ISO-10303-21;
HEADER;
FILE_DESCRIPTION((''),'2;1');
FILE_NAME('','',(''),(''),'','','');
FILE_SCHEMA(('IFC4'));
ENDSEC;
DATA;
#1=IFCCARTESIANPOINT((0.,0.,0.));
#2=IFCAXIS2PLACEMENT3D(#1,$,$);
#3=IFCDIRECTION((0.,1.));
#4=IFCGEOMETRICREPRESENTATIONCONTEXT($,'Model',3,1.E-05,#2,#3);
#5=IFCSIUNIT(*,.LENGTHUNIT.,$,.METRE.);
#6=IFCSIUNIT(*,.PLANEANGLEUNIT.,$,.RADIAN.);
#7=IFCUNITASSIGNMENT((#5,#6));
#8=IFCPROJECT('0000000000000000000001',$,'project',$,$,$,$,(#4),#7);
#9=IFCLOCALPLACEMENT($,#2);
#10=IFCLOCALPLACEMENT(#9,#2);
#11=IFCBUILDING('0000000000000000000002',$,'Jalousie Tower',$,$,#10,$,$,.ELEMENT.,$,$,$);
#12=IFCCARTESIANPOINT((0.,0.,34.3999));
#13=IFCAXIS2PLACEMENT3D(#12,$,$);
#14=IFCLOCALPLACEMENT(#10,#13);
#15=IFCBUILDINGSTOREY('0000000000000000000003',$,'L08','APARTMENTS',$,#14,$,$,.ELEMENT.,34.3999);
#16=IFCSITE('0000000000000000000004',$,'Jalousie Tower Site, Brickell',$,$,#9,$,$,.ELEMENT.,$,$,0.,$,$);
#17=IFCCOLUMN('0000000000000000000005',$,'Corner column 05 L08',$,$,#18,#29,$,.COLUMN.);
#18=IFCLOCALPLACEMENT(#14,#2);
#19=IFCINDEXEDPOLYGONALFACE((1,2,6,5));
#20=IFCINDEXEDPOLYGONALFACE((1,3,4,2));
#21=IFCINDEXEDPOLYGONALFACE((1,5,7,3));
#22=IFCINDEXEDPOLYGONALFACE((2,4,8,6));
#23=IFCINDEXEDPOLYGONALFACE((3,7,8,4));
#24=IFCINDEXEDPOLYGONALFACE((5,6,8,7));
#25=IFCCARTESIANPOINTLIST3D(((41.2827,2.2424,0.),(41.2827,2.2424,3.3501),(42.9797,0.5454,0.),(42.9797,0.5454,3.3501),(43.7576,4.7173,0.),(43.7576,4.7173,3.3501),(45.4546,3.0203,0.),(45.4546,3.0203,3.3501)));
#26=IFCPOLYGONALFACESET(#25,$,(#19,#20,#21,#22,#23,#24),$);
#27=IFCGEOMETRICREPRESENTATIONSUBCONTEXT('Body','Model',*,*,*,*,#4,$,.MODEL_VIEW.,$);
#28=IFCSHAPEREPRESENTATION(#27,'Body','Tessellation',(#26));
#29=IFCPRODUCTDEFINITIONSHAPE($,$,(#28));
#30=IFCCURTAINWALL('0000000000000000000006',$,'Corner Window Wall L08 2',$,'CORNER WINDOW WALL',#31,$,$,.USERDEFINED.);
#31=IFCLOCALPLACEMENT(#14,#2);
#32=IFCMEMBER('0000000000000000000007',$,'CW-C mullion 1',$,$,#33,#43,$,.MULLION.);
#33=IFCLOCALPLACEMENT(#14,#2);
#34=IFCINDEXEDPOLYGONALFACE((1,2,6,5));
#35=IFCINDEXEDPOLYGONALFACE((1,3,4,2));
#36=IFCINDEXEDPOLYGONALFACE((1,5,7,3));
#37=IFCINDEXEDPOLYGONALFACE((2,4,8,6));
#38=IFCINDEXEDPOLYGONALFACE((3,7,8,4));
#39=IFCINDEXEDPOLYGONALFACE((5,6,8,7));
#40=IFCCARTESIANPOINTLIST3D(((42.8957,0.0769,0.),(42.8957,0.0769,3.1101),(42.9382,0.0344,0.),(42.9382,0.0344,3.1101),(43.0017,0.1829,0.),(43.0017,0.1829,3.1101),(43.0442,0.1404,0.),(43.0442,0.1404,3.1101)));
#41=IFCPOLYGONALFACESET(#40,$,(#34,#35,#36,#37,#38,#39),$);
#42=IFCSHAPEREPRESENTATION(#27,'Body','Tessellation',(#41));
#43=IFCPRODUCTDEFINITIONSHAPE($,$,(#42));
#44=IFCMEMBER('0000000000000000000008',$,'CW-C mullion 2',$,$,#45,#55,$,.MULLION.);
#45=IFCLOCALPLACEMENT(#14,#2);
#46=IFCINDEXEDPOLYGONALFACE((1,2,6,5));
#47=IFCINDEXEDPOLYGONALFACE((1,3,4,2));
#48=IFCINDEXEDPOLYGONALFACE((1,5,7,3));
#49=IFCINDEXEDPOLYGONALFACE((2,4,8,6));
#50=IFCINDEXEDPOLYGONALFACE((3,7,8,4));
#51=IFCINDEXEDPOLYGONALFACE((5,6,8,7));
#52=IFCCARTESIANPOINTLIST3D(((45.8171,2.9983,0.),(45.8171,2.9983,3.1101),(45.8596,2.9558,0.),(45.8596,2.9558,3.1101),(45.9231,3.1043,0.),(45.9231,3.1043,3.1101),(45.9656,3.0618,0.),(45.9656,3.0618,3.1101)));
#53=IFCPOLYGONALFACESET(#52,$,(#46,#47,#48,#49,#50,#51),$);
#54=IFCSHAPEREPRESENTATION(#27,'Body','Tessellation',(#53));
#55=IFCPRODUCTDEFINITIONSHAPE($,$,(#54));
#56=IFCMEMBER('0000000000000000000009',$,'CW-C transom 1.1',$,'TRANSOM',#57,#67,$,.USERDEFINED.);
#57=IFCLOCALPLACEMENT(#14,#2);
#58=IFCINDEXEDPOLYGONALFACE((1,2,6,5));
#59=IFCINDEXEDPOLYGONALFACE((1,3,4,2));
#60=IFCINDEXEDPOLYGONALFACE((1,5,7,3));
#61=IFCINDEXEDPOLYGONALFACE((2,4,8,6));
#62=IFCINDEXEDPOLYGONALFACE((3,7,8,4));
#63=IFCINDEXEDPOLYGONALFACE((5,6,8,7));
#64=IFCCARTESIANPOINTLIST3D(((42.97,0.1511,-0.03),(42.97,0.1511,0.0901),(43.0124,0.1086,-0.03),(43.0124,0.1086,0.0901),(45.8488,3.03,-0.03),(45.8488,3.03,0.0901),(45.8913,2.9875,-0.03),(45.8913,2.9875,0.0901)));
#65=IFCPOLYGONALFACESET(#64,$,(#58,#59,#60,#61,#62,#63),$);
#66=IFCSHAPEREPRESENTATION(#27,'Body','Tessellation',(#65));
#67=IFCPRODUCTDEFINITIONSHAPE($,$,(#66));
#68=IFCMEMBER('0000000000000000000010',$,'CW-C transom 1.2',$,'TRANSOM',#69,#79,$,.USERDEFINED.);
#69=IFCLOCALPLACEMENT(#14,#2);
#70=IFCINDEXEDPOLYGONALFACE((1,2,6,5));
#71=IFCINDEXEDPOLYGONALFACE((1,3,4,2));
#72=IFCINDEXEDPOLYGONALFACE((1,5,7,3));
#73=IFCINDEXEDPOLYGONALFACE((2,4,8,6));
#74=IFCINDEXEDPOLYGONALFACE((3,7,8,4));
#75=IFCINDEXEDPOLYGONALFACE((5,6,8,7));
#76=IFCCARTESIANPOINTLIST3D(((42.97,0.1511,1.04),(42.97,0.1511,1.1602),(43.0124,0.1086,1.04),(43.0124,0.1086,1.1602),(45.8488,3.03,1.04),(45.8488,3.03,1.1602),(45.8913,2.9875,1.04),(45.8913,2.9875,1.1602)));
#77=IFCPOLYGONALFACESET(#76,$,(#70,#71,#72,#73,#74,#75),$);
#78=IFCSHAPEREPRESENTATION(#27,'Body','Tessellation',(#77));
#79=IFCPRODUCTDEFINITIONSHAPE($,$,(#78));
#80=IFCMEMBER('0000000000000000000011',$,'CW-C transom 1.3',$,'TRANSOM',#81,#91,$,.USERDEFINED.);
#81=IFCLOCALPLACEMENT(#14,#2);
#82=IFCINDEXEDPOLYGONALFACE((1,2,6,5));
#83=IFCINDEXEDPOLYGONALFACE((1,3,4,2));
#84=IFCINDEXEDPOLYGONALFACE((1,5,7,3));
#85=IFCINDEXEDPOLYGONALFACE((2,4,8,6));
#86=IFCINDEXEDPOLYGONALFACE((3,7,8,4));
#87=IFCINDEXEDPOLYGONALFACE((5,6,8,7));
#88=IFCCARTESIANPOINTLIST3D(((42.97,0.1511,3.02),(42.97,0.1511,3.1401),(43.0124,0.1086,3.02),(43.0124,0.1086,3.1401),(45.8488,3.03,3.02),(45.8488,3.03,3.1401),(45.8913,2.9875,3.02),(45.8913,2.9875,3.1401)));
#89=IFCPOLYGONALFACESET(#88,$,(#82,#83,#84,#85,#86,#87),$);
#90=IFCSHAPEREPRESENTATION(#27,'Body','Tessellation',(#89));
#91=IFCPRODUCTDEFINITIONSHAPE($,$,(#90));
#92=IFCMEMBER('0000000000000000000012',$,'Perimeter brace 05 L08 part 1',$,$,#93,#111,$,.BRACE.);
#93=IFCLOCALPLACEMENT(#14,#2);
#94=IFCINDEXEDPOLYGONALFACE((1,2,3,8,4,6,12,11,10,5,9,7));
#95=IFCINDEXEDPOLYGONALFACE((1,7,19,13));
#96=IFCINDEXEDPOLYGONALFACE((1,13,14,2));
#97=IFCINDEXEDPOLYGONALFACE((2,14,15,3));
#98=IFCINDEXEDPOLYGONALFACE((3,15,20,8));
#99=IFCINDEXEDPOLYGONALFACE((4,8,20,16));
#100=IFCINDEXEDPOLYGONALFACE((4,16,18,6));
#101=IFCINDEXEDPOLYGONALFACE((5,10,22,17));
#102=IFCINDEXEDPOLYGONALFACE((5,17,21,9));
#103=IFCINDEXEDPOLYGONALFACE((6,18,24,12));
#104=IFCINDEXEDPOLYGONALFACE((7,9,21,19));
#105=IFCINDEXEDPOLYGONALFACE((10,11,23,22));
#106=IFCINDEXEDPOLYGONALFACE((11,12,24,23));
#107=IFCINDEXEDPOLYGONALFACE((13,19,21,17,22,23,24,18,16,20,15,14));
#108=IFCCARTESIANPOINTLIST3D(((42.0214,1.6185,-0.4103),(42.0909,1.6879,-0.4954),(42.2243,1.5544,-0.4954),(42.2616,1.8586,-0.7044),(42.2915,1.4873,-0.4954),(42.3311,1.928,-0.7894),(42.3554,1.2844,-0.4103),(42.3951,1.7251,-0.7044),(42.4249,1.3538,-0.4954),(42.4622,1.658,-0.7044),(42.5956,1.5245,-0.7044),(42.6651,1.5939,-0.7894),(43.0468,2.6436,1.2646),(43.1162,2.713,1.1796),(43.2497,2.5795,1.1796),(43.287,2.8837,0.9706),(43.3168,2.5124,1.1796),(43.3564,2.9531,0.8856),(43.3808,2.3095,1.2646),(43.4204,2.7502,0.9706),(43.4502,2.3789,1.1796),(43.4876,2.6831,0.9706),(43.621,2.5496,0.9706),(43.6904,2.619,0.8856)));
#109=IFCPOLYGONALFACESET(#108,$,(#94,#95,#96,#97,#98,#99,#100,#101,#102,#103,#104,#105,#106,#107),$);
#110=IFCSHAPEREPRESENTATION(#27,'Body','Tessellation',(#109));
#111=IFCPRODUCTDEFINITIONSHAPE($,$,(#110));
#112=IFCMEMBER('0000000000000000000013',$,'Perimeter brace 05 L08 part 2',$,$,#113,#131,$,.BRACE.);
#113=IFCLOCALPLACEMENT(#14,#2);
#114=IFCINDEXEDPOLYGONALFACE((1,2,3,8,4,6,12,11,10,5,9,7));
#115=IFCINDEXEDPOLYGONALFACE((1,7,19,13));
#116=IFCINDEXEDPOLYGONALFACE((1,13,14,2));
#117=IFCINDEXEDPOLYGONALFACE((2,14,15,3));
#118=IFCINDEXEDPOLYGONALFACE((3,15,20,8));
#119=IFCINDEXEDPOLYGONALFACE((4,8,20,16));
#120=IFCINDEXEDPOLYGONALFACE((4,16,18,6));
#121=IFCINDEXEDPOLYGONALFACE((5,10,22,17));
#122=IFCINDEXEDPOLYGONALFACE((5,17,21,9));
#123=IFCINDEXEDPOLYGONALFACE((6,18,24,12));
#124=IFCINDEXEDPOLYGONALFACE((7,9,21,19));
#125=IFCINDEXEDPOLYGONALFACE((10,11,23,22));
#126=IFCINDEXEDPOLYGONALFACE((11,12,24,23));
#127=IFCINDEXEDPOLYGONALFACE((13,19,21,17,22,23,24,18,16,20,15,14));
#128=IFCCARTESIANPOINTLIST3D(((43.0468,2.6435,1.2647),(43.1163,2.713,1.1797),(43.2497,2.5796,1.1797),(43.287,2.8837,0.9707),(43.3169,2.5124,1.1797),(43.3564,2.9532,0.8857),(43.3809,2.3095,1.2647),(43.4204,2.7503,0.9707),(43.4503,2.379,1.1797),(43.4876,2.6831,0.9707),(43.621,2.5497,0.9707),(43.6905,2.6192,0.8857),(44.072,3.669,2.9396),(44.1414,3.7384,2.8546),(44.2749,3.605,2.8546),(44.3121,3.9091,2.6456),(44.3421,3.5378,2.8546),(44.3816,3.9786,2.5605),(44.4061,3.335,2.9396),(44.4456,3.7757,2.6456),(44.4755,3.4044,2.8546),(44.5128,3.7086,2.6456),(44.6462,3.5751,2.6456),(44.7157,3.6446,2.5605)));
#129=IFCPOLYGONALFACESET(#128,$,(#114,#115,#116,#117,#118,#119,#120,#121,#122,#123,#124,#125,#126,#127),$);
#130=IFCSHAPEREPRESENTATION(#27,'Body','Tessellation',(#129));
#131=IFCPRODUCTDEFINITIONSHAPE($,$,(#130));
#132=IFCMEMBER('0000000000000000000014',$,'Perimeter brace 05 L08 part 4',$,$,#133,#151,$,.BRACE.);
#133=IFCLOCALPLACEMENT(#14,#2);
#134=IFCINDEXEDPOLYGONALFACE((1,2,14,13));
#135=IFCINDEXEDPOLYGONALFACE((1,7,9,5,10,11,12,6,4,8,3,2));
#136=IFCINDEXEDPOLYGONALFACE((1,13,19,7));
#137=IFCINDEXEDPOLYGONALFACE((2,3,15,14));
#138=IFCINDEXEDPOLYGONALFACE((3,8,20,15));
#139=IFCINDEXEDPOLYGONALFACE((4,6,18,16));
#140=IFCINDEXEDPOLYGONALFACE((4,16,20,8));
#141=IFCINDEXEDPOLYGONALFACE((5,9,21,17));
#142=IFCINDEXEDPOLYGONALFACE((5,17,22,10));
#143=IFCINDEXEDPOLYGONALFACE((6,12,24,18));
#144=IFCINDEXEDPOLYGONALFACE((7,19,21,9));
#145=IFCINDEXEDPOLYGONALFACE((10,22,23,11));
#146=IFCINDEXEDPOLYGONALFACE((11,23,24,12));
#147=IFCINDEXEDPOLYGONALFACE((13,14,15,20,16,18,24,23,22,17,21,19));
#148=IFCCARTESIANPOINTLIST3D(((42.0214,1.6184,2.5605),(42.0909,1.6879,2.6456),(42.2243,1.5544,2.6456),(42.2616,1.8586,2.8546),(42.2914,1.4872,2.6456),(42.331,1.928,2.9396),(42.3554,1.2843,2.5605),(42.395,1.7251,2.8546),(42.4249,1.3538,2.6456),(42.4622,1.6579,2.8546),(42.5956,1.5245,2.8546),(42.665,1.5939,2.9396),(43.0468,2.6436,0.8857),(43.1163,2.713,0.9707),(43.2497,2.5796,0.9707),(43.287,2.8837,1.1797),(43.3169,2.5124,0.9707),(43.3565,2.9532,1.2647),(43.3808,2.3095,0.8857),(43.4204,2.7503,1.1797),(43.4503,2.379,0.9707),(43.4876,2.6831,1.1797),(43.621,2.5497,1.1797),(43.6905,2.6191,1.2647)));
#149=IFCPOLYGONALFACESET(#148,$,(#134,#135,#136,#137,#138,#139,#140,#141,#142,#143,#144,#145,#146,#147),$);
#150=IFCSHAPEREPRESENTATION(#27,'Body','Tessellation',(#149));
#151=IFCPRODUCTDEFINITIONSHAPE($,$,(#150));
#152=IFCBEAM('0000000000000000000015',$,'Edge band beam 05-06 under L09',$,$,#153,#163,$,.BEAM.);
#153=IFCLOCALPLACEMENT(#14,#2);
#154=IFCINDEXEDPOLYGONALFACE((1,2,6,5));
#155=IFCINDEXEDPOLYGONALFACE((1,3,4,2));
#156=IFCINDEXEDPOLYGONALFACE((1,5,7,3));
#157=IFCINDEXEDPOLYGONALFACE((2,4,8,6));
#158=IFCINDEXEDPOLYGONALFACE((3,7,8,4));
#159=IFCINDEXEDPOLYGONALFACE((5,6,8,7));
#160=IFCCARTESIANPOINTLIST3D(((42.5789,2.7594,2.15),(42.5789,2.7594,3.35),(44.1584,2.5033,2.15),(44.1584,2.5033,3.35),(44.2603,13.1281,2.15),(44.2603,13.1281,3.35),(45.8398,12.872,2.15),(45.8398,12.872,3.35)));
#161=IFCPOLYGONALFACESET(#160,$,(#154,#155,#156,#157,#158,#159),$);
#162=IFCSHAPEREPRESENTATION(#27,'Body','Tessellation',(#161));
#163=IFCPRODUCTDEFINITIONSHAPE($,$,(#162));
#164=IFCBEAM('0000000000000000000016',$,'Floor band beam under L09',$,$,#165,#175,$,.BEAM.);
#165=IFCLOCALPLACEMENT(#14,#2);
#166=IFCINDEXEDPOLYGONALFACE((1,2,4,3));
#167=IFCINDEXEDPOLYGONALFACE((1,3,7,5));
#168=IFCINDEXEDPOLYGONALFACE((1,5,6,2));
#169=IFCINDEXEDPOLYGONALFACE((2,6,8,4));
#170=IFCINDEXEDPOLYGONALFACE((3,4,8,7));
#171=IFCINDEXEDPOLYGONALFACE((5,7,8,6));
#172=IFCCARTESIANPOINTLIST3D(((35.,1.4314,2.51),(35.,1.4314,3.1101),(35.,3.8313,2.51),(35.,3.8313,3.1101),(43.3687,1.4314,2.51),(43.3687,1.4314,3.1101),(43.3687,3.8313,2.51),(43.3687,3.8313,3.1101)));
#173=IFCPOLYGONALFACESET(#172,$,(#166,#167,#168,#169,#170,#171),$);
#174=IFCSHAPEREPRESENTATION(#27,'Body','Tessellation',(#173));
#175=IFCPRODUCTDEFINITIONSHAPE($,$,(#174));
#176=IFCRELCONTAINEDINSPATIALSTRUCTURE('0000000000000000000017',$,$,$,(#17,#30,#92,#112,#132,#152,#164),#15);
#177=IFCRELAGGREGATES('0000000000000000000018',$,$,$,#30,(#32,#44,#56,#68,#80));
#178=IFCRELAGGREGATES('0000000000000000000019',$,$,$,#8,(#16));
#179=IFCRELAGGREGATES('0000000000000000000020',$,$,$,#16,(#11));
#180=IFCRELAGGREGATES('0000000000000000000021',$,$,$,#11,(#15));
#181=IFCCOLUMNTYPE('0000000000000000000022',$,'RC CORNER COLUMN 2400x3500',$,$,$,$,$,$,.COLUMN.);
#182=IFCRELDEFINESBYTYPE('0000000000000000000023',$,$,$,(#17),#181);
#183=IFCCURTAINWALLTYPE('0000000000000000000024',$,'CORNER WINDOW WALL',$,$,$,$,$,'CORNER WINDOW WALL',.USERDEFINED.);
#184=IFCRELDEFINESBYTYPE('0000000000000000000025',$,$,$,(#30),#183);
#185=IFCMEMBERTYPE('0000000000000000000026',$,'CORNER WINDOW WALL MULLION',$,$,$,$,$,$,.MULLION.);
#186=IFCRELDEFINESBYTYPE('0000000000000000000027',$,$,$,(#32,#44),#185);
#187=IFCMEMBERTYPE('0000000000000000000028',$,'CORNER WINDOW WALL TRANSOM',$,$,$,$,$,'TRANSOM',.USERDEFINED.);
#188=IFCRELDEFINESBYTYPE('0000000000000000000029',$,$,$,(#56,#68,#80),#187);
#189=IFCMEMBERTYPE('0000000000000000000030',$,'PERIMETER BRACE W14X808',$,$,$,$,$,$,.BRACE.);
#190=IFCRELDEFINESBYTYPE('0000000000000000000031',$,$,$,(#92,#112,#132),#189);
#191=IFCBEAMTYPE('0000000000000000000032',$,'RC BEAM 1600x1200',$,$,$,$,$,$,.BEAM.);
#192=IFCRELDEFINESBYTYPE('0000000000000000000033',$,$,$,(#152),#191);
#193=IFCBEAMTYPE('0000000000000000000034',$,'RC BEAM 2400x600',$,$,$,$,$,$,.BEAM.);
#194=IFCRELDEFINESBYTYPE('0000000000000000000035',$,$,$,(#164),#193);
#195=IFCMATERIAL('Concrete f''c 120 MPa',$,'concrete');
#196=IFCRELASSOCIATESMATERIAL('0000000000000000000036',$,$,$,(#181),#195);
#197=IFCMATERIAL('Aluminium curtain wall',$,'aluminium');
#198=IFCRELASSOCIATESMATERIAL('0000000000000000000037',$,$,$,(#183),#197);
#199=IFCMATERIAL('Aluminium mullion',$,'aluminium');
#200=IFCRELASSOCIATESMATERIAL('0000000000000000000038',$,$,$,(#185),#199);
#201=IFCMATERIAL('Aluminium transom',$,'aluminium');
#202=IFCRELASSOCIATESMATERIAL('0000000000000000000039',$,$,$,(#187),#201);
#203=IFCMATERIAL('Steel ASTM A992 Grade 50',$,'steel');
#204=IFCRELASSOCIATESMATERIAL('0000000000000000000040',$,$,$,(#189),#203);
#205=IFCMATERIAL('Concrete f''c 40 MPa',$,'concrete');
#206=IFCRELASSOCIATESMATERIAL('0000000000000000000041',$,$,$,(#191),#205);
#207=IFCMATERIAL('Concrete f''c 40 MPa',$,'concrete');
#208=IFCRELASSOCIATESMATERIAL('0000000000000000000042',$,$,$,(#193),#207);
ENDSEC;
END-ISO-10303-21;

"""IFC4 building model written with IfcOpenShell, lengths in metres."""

from ifc_helpers import new_model, si_unit, direction, frame, origin, origin_2d, place, context, subcontext, project, spatial, rectangle, i_section, extrude, material, material_profile, profile_set, type_object, element, aggregate, save


model = new_model("IFC4")

# Units and contexts
model_context = context("Model", 3, precision=1e-05, world=origin(), true_north=direction((0.0, 1.0)))
body_context = subcontext(model_context, "Body", "Model", "MODEL_VIEW")
ifc_project = project(units=[si_unit("LENGTHUNIT", "METRE"), si_unit("PLANEANGLEUNIT", "RADIAN")], contexts=[model_context])

# Site, building, storey
site_placement = place(None, origin())
site = spatial("IfcSite", under=ifc_project, at=site_placement, Name="Jalousie Tower Site, Brickell", CompositionType="ELEMENT", RefElevation=0.0)
building_placement = place(site_placement, origin())
building = spatial("IfcBuilding", under=site, at=building_placement, Name="Jalousie Tower", CompositionType="ELEMENT")
storey_placement = place(building_placement, frame((0.0, 0.0, 34.3999)))
storey = spatial("IfcBuildingStorey", under=building, at=storey_placement, Name="L08", Description="APARTMENTS", CompositionType="ELEMENT", Elevation=34.3999)

# Column
ifc_material_1 = material(Name="Concrete f'c 120 MPa", Category="concrete")
ifc_material_profile_1 = material_profile(ifc_material_1, rectangle(XDim=2.3999, YDim=3.5, at=origin_2d()), Name="RC 2400x3500")
ifc_profile_set_1 = profile_set([ifc_material_profile_1], Name="Concrete f'c 120 MPa")
column_type = type_object("IfcColumnType", Name="RC CORNER COLUMN 2400x3500", PredefinedType="COLUMN", material=ifc_profile_set_1)
column_placement = place(storey_placement, frame((43.3687, 2.6313, 0.0), z_axis=(0.0, 0.0, 1.0), x_axis=(-0.707107, 0.707107, 0.0)))
element("IfcColumn", 1, at=column_placement, inside=storey, type_object=column_type, Name="Corner column 05 L08", PredefinedType="COLUMN", context=body_context, shape_type="SweptSolid", body=[
    extrude(rectangle(XDim=2.3999, YDim=3.5, at=origin_2d()), origin(), (0.0, 0.0, 1.0), 3.3501),
])

# Curtain wall, members
ifc_material_2 = material(Name="Aluminium curtain wall", Category="aluminium")
curtain_wall_type_1 = type_object("IfcCurtainWallType", Name="CORNER WINDOW WALL", ElementType="CORNER WINDOW WALL", PredefinedType="USERDEFINED", material=ifc_material_2)
curtain_wall_1_placement = place(storey_placement, origin())
curtain_wall_1 = element("IfcCurtainWall", 2, at=curtain_wall_1_placement, inside=storey, type_object=curtain_wall_type_1, Name="Corner Window Wall L08 2", ObjectType="CORNER WINDOW WALL", PredefinedType="USERDEFINED")
ifc_material_3 = material(Name="Aluminium mullion", Category="aluminium")
ifc_material_profile_2 = material_profile(ifc_material_3, rectangle(XDim=0.0601, YDim=0.1499, at=origin_2d()), Name="MULLION 60x150")
ifc_profile_set_2 = profile_set([ifc_material_profile_2], Name="Aluminium mullion")
member_type_1 = type_object("IfcMemberType", Name="CORNER WINDOW WALL MULLION", PredefinedType="MULLION", material=ifc_profile_set_2)
member_1_placement = place(storey_placement, frame((42.97, 0.1086, 0.0), z_axis=(0.0, 0.0, 1.0), x_axis=(-0.707107, 0.707107, 0.0)))
member_1 = element("IfcMember", 3, at=member_1_placement, type_object=member_type_1, Name="CW-C mullion 1", PredefinedType="MULLION", context=body_context, shape_type="SweptSolid", body=[
    extrude(rectangle(XDim=0.0601, YDim=0.1499, at=origin_2d()), origin(), (0.0, 0.0, 1.0), 3.1101),
])
member_2_placement = place(storey_placement, frame((45.8914, 3.03, 0.0), z_axis=(0.0, 0.0, 1.0), x_axis=(-0.707107, 0.707107, 0.0)))
member_2 = element("IfcMember", 4, at=member_2_placement, type_object=member_type_1, Name="CW-C mullion 2", PredefinedType="MULLION", context=body_context, shape_type="SweptSolid", body=[
    extrude(rectangle(XDim=0.0601, YDim=0.1499, at=origin_2d()), origin(), (0.0, 0.0, 1.0), 3.1101),
])
ifc_material_4 = material(Name="Aluminium transom", Category="aluminium")
ifc_material_profile_3 = material_profile(ifc_material_4, rectangle(XDim=0.0601, YDim=0.1201, at=origin_2d()), Name="TRANSOM 60x120")
ifc_profile_set_3 = profile_set([ifc_material_profile_3], Name="Aluminium transom")
member_type_2 = type_object("IfcMemberType", Name="CORNER WINDOW WALL TRANSOM", ElementType="TRANSOM", PredefinedType="USERDEFINED", material=ifc_profile_set_3)
member_3_placement = place(storey_placement, frame((42.9912, 0.1299, 0.03), z_axis=(0.707107, 0.707107, 0.0), x_axis=(-0.707107, 0.707107, 0.0)))
member_3 = element("IfcMember", 5, at=member_3_placement, type_object=member_type_2, Name="CW-C transom 1.1", ObjectType="TRANSOM", PredefinedType="USERDEFINED", context=body_context, shape_type="SweptSolid", body=[
    extrude(rectangle(XDim=0.0601, YDim=0.1201, at=origin_2d()), origin(), (0.0, 0.0, 1.0), 4.0713),
])
member_4_placement = place(storey_placement, frame((42.9912, 0.1299, 1.1001), z_axis=(0.707107, 0.707107, 0.0), x_axis=(-0.707107, 0.707107, 0.0)))
member_4 = element("IfcMember", 6, at=member_4_placement, type_object=member_type_2, Name="CW-C transom 1.2", ObjectType="TRANSOM", PredefinedType="USERDEFINED", context=body_context, shape_type="SweptSolid", body=[
    extrude(rectangle(XDim=0.0601, YDim=0.1201, at=origin_2d()), origin(), (0.0, 0.0, 1.0), 4.0713),
])
member_5_placement = place(storey_placement, frame((42.9912, 0.1299, 3.0801), z_axis=(0.707107, 0.707107, 0.0), x_axis=(-0.707107, 0.707107, 0.0)))
member_5 = element("IfcMember", 7, at=member_5_placement, type_object=member_type_2, Name="CW-C transom 1.3", ObjectType="TRANSOM", PredefinedType="USERDEFINED", context=body_context, shape_type="SweptSolid", body=[
    extrude(rectangle(XDim=0.0601, YDim=0.1201, at=origin_2d()), origin(), (0.0, 0.0, 1.0), 4.0713),
])

# Members
ifc_material_5 = material(Name="Steel ASTM A992 Grade 50", Category="steel")
ifc_material_profile_4 = material_profile(ifc_material_5, i_section(OverallWidth=0.4724, OverallDepth=0.5791, WebThickness=0.095, FlangeThickness=0.1299, at=origin_2d()), Name="W14X808")
ifc_profile_set_4 = profile_set([ifc_material_profile_4], Name="Steel ASTM A992 Grade 50")
member_type_3 = type_object("IfcMemberType", Name="PERIMETER BRACE W14X808", PredefinedType="BRACE", material=ifc_profile_set_4)
for number, where, z_axis, x_axis, name in (
    (8, (42.3433, 1.6062, -0.5999), (0.46284, 0.46273, 0.756082), (-0.707023, 0.707191, 0.0), "Perimeter brace 05 L08 part 1"),
    (9, (43.3687, 2.6313, 1.0752), (0.462768, 0.462879, 0.756035), (-0.707191, 0.707023, 0.0), "Perimeter brace 05 L08 part 2"),
    (10, (43.3687, 2.6313, 1.0752), (-0.462879, -0.462768, 0.756035), (0.707023, -0.707191, 0.0), "Perimeter brace 05 L08 part 4"),
):
    element("IfcMember", number, at=place(storey_placement, frame(where, z_axis=z_axis, x_axis=x_axis)), inside=storey, type_object=member_type_3, Name=name, PredefinedType="BRACE", context=body_context, shape_type="SweptSolid", body=[
        extrude(i_section(OverallWidth=0.4724, OverallDepth=0.5791, WebThickness=0.095, FlangeThickness=0.1299, at=origin_2d()), origin(), (0.0, 0.0, 1.0), 2.2153),
    ])

# Beams
ifc_material_6 = material(Name="Concrete f'c 40 MPa", Category="concrete")
ifc_material_profile_5 = material_profile(ifc_material_6, rectangle(XDim=1.6001, YDim=1.2, at=origin_2d()), Name="RC 1600x1200")
ifc_profile_set_5 = profile_set([ifc_material_profile_5], Name="Concrete f'c 40 MPa")
beam_type_1 = type_object("IfcBeamType", Name="RC BEAM 1600x1200", PredefinedType="BEAM", material=ifc_profile_set_5)
beam_1_placement = place(storey_placement, frame((43.3687, 2.6313, 2.75), z_axis=(0.160071, 0.987106, 0.0), x_axis=(-0.987106, 0.160071, 0.0)))
element("IfcBeam", 11, at=beam_1_placement, inside=storey, type_object=beam_type_1, Name="Edge band beam 05-06 under L09", PredefinedType="BEAM", context=body_context, shape_type="SweptSolid", body=[
    extrude(rectangle(XDim=1.6001, YDim=1.2, at=origin_2d()), origin(), (0.0, 0.0, 1.0), 10.5042),
])
ifc_material_7 = material(Name="Concrete f'c 40 MPa", Category="concrete")
ifc_material_profile_6 = material_profile(ifc_material_7, rectangle(XDim=2.3999, YDim=0.6001, at=origin_2d()), Name="RC 2400x600")
ifc_profile_set_6 = profile_set([ifc_material_profile_6], Name="Concrete f'c 40 MPa")
beam_type_2 = type_object("IfcBeamType", Name="RC BEAM 2400x600", PredefinedType="BEAM", material=ifc_profile_set_6)
beam_2_placement = place(storey_placement, frame((43.3687, 2.6313, 2.8101), z_axis=(-1.0, 0.0, 0.0), x_axis=(0.0, -1.0, 0.0)))
element("IfcBeam", 12, at=beam_2_placement, inside=storey, type_object=beam_type_2, Name="Floor band beam under L09", PredefinedType="BEAM", context=body_context, shape_type="SweptSolid", body=[
    extrude(rectangle(XDim=2.3999, YDim=0.6001, at=origin_2d()), origin(), (0.0, 0.0, 1.0), 8.3687),
])

aggregate(curtain_wall_1, [member_1, member_2, member_3, member_4, member_5])

save(model, "model.ifc")
